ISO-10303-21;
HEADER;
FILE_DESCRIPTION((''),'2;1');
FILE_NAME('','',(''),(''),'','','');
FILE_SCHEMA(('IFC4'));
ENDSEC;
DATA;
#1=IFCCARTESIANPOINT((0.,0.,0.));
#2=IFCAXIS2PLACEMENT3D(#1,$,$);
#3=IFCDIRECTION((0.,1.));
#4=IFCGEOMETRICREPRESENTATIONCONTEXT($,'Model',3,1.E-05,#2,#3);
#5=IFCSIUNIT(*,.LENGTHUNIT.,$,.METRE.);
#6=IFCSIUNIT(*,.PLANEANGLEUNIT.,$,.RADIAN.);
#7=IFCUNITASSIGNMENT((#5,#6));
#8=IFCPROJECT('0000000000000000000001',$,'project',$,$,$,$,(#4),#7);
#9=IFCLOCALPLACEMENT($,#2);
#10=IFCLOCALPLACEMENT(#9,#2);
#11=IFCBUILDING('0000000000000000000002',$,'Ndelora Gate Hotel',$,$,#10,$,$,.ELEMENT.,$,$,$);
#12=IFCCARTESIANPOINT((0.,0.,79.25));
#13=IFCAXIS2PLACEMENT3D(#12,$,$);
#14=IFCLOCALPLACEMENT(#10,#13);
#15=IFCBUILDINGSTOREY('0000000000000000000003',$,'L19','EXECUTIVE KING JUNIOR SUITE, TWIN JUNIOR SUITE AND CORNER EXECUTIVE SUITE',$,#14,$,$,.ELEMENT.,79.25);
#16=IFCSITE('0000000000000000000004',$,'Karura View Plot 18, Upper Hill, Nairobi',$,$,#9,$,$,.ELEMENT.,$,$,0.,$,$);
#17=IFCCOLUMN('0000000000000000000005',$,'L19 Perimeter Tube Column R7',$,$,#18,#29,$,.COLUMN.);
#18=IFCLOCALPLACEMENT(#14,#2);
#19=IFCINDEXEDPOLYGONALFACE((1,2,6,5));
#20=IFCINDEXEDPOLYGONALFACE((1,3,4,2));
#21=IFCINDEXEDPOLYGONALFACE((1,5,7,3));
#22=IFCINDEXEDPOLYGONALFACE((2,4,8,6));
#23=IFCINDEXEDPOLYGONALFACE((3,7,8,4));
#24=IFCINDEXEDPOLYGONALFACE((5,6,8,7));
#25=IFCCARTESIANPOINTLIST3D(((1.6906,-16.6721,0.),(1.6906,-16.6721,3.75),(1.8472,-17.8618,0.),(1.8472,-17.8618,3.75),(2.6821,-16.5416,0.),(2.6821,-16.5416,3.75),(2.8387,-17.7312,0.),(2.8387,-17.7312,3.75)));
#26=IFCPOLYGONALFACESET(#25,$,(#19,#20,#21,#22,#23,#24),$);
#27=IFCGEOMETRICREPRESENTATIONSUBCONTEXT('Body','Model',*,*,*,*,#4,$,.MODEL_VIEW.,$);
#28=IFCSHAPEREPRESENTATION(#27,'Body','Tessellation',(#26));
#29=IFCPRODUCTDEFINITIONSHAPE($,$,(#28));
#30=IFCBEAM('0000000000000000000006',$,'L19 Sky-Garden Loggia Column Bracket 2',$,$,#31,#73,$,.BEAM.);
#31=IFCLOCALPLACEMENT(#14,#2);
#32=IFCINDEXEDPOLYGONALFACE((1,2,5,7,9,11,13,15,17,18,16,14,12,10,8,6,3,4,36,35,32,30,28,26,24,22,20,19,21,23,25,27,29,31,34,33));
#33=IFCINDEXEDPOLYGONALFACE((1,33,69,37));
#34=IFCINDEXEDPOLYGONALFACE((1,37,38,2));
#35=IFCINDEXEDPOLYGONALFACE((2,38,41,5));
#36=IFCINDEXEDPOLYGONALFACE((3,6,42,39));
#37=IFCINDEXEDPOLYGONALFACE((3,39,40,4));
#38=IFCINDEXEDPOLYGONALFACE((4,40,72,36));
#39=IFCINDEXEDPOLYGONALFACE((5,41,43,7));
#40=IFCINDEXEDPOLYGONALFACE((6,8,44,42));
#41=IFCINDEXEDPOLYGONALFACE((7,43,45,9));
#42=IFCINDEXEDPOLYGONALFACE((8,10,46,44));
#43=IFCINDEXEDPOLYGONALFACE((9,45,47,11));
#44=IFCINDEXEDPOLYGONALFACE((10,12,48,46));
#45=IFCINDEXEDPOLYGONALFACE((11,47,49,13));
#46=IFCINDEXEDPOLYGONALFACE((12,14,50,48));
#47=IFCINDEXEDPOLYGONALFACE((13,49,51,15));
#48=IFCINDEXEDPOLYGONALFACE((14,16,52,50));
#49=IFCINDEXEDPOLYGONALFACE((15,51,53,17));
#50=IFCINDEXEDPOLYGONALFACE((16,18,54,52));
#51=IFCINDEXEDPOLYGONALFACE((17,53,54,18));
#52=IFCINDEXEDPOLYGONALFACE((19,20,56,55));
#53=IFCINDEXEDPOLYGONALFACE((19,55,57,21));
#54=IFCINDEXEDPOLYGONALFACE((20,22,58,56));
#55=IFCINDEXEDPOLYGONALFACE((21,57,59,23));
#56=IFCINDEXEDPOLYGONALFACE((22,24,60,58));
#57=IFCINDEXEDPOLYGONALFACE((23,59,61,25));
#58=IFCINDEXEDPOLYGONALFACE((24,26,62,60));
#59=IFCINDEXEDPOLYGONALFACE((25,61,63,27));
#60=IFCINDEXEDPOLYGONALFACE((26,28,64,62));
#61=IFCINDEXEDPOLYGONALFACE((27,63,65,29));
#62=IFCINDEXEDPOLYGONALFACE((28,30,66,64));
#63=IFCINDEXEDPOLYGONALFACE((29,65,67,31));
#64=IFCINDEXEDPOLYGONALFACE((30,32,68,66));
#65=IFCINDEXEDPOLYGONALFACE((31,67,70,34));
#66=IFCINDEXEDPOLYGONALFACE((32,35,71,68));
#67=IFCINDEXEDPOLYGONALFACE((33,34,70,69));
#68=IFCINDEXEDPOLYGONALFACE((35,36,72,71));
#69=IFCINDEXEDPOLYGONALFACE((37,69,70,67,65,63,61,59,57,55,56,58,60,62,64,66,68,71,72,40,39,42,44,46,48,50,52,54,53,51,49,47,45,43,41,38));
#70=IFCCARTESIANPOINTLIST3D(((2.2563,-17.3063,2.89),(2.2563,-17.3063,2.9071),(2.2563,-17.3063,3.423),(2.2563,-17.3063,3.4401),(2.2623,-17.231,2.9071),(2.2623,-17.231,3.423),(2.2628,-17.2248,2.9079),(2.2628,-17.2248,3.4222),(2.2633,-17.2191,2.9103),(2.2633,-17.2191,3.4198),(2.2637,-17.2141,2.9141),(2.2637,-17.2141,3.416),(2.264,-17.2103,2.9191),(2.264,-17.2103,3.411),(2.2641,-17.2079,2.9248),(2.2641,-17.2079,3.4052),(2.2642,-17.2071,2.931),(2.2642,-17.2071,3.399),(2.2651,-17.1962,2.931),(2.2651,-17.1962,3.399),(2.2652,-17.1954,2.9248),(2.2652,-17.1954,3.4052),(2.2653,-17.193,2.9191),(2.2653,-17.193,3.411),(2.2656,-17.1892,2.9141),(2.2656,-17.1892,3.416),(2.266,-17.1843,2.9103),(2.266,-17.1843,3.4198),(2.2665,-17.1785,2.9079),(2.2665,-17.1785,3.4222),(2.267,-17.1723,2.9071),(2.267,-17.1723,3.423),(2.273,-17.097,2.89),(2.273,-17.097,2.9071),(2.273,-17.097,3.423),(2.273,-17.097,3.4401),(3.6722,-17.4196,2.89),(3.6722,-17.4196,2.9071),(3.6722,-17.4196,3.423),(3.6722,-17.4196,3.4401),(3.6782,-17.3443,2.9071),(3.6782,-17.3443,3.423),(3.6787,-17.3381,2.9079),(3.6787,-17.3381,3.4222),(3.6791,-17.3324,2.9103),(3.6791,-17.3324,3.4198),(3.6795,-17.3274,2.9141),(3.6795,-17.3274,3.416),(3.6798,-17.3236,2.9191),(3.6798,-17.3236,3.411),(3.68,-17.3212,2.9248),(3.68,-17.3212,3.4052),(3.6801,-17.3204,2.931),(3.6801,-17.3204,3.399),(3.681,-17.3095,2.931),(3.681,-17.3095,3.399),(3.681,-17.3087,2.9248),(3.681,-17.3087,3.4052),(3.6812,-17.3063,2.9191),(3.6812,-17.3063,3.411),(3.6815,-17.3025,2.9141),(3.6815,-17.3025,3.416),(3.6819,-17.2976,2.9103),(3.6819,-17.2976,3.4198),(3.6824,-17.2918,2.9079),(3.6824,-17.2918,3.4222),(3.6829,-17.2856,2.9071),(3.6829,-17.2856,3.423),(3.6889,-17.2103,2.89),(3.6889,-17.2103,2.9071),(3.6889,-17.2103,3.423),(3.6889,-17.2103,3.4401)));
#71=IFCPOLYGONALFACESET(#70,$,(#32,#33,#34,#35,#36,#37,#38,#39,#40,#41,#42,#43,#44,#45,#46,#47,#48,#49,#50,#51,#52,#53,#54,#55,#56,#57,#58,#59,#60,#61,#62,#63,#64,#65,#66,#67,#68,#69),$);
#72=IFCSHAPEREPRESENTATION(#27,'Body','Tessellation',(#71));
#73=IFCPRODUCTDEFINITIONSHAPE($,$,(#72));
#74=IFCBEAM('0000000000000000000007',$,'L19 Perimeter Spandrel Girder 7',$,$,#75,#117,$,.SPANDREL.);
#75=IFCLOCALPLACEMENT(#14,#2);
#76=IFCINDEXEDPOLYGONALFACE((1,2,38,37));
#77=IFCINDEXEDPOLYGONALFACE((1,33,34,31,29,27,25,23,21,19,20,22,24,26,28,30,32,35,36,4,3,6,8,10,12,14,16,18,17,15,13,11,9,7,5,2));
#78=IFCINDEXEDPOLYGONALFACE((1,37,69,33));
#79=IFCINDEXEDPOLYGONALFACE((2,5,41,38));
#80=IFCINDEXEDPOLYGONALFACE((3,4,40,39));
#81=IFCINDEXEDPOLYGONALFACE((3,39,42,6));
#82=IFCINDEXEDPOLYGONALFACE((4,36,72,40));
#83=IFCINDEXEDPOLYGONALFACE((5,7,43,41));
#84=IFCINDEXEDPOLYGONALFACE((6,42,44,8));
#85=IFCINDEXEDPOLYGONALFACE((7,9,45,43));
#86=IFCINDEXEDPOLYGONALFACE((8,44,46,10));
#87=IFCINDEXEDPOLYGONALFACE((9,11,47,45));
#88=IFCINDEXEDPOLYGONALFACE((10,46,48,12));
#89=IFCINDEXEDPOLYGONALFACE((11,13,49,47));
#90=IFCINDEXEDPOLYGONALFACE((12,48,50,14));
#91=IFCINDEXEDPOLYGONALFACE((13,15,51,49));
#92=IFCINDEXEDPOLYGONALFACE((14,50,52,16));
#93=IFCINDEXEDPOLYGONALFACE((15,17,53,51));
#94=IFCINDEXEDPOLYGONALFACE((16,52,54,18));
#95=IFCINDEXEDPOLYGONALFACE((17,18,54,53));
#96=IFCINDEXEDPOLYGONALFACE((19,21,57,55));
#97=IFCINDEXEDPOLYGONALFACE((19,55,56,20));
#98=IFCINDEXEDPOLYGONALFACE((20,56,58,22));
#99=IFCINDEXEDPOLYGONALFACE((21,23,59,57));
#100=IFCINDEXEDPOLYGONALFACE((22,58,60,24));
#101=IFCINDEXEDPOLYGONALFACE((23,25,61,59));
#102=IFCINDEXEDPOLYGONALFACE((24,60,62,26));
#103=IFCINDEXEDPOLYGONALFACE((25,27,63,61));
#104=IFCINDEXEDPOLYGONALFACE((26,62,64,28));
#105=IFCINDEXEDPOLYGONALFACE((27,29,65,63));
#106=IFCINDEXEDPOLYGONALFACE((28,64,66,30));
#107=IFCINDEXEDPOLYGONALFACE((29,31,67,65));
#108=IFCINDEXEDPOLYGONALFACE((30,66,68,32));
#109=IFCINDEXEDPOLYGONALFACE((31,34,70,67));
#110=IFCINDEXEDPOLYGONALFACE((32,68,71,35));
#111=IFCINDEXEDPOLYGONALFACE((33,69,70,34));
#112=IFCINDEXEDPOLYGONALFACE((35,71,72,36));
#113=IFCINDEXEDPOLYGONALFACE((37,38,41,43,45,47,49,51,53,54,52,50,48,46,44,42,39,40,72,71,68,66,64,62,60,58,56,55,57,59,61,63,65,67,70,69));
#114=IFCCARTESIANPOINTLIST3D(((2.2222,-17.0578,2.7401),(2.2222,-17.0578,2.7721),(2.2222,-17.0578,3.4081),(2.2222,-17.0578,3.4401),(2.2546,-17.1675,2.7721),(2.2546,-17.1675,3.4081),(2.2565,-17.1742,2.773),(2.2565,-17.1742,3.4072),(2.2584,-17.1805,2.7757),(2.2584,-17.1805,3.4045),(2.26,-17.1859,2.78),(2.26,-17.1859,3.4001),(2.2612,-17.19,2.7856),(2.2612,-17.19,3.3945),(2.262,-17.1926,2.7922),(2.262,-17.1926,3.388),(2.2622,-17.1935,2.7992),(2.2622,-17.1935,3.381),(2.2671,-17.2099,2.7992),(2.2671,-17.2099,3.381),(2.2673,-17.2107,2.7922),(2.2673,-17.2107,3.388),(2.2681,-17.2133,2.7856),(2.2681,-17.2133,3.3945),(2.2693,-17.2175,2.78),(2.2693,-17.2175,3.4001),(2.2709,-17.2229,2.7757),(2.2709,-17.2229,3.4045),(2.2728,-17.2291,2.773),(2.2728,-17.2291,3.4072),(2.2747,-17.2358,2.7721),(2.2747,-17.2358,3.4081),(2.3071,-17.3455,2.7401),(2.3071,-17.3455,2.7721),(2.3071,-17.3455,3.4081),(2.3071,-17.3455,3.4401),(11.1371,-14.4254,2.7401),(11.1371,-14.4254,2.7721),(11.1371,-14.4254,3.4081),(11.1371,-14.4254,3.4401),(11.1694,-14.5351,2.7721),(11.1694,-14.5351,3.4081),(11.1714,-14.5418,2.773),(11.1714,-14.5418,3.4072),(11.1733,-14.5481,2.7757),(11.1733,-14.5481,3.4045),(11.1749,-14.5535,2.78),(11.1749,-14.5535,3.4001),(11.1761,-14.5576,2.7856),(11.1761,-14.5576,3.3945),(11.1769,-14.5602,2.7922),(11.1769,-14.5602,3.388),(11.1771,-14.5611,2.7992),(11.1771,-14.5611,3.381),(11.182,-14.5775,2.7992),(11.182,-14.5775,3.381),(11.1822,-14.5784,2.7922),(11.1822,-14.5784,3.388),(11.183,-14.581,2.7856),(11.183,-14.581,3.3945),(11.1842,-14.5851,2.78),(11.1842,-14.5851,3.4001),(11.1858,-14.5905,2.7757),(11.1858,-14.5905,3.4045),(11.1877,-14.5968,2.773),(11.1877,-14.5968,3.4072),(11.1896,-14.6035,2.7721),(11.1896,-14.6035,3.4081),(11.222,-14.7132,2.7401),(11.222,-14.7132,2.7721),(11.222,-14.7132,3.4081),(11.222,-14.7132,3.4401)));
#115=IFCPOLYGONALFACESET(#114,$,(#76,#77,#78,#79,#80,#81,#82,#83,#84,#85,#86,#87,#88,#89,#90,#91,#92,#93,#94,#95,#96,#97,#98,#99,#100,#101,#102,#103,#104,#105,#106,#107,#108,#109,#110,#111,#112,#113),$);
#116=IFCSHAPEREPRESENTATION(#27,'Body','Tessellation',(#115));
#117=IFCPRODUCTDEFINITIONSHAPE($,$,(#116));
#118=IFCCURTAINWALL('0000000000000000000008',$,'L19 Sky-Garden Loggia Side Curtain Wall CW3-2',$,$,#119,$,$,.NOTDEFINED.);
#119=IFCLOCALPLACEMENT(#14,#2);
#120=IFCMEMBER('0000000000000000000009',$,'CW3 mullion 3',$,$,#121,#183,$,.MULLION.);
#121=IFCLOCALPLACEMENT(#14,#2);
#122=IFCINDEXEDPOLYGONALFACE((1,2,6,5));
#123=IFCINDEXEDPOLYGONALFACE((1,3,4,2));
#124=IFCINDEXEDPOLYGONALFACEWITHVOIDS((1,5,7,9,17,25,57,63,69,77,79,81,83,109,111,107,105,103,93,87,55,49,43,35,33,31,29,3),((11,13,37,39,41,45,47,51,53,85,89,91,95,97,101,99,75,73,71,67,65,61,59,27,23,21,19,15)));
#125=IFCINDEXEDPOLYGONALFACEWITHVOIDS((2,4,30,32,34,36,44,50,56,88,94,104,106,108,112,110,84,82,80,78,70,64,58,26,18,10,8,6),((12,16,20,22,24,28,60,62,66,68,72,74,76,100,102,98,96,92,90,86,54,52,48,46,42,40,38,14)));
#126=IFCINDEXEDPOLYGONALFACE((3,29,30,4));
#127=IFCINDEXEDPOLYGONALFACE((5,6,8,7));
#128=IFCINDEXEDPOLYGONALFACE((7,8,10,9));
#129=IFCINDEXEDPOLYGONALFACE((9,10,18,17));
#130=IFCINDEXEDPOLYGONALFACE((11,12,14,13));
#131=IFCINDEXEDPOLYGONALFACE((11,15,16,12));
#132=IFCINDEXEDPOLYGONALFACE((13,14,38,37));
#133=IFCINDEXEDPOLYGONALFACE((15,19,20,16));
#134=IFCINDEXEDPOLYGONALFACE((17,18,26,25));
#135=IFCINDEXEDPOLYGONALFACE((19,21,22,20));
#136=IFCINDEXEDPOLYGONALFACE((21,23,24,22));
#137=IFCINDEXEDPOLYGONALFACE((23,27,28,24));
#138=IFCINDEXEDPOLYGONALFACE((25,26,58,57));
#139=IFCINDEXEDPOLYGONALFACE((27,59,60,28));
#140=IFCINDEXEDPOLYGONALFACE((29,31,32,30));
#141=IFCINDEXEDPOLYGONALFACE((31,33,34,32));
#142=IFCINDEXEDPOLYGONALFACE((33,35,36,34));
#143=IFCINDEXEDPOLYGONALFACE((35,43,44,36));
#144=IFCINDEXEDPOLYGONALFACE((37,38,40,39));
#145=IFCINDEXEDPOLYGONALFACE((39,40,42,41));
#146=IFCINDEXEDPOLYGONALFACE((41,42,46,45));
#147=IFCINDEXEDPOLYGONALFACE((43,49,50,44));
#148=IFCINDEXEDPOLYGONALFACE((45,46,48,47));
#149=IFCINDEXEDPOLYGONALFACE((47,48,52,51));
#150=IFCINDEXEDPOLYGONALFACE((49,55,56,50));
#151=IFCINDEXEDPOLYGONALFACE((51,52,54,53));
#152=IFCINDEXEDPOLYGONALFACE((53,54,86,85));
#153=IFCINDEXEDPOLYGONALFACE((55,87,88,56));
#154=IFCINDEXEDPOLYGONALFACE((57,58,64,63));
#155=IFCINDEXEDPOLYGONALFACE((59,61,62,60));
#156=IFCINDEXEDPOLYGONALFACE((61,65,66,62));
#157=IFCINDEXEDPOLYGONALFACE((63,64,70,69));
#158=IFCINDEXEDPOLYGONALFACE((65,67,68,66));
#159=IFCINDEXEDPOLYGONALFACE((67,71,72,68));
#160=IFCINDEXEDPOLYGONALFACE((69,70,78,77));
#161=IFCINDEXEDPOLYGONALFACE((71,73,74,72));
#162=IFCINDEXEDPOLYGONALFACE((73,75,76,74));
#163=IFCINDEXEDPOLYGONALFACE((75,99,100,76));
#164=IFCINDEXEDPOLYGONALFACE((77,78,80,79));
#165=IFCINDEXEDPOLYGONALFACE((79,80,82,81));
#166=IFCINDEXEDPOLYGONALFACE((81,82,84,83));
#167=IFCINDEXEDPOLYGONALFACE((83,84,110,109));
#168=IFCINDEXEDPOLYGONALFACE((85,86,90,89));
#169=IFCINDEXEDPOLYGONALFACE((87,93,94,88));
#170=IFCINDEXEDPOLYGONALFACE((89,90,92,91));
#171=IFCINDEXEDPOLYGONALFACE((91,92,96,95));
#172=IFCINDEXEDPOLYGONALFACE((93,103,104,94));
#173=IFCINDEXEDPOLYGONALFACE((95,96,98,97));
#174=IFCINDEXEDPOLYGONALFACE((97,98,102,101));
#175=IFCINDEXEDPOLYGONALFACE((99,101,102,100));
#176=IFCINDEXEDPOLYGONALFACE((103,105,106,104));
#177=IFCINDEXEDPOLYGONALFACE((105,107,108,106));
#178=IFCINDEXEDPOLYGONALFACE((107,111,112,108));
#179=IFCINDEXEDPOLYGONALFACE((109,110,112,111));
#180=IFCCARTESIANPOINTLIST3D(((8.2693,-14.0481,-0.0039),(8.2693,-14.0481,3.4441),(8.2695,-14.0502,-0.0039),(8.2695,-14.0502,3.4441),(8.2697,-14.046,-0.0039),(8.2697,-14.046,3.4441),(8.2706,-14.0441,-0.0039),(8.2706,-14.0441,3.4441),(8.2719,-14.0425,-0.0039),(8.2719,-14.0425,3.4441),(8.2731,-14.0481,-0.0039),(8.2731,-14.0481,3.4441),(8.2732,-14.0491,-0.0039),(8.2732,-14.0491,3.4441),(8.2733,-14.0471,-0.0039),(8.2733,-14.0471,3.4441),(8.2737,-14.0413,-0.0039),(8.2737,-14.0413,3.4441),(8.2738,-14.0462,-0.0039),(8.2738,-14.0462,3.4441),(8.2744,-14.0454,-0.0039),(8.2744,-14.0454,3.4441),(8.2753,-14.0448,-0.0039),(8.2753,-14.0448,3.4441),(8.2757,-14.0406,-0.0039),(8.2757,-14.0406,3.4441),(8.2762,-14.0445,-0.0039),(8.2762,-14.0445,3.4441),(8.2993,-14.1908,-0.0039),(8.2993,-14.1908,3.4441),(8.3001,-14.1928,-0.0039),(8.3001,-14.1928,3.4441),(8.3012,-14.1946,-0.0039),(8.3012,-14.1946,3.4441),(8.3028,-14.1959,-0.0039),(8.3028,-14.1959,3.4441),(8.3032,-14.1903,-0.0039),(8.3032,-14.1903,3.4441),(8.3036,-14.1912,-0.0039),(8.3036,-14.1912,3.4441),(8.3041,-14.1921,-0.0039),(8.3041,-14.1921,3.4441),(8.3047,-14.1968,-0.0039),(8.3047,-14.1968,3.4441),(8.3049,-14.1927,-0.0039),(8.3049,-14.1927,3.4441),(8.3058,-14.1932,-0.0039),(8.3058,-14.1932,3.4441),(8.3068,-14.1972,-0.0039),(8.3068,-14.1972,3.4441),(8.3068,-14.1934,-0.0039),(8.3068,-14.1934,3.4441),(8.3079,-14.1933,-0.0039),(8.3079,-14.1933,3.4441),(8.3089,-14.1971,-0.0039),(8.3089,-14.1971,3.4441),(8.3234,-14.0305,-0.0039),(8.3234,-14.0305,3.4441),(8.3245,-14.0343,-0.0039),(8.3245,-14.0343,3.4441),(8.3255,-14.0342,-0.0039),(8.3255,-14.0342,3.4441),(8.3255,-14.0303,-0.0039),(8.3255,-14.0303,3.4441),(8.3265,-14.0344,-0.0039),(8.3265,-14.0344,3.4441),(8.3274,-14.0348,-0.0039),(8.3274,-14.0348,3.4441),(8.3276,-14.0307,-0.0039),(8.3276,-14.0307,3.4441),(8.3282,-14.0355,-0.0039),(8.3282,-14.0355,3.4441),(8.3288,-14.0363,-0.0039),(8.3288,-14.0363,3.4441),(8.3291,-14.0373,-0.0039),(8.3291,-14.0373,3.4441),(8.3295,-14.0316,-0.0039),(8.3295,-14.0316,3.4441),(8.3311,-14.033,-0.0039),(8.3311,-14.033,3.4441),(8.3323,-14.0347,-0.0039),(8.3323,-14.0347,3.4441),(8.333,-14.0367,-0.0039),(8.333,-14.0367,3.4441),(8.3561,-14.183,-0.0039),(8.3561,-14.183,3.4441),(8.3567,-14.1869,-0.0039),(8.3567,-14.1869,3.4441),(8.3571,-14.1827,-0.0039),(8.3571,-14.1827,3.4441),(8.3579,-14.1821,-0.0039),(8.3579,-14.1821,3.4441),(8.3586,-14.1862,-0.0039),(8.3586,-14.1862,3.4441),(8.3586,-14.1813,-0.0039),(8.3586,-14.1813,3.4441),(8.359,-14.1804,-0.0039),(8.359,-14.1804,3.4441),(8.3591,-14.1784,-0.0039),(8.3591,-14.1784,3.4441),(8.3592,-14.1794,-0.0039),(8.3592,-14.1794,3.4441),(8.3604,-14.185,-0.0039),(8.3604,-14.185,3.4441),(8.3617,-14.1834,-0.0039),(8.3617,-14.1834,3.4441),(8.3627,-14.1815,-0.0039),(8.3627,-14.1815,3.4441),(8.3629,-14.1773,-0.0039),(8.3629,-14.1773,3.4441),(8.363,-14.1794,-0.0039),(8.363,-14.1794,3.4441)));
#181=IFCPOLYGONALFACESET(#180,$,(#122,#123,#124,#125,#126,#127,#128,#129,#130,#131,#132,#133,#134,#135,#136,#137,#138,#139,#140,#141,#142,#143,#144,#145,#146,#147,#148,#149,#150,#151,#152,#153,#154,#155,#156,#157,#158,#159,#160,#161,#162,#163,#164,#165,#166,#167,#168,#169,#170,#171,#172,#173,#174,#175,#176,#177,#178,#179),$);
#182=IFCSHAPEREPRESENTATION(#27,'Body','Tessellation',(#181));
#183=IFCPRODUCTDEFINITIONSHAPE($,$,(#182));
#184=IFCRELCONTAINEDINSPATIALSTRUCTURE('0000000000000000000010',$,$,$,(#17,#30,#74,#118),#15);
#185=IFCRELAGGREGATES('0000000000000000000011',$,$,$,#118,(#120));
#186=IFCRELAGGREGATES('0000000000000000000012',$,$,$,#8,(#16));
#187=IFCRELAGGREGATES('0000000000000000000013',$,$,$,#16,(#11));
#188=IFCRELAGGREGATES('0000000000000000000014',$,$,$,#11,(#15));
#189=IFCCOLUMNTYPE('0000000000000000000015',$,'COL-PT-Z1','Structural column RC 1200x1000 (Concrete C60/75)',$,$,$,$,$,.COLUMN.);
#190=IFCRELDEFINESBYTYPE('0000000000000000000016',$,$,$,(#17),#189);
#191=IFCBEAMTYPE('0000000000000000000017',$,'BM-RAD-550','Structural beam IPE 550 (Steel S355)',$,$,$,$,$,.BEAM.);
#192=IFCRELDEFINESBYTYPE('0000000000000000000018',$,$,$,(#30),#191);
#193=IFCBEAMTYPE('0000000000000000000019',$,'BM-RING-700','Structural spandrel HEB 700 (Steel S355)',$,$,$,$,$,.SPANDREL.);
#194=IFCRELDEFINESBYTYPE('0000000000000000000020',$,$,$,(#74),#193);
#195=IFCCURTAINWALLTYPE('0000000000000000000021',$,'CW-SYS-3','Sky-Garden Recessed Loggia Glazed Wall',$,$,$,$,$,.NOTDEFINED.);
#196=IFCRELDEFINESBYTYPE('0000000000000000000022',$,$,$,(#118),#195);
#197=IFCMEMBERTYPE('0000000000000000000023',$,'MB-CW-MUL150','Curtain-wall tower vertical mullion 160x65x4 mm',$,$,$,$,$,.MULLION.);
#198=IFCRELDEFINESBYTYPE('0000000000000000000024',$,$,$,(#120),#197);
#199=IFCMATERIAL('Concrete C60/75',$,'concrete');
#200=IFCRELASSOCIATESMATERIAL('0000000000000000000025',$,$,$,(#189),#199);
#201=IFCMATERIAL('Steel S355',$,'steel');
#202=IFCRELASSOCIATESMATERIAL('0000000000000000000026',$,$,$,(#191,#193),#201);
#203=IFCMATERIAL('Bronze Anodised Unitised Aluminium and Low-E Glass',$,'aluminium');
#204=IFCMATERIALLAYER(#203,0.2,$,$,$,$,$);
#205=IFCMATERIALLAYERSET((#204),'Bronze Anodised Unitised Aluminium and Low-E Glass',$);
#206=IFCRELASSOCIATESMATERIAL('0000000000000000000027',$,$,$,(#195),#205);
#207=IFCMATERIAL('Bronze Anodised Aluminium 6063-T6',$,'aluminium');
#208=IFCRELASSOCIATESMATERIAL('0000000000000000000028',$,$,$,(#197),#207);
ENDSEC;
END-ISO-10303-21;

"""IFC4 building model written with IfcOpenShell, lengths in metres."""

from ifc_helpers import new_model, si_unit, direction, frame, origin, origin_2d, place, context, subcontext, project, spatial, rectangle, hollow_rectangle, i_section, extrude, material, layer, layer_set, material_profile, profile_set, type_object, element, aggregate, save


model = new_model("IFC4")

# Units and contexts
model_context = context("Model", 3, precision=1e-05, world=origin(), true_north=direction((0.0, 1.0)))
body_context = subcontext(model_context, "Body", "Model", "MODEL_VIEW")
ifc_project = project(units=[si_unit("LENGTHUNIT", "METRE"), si_unit("PLANEANGLEUNIT", "RADIAN")], contexts=[model_context])

# Site, building, storey
site_placement = place(None, origin())
site = spatial("IfcSite", under=ifc_project, at=site_placement, Name="Karura View Plot 18, Upper Hill, Nairobi", CompositionType="ELEMENT", RefElevation=0.0)
building_placement = place(site_placement, origin())
building = spatial("IfcBuilding", under=site, at=building_placement, Name="Ndelora Gate Hotel", CompositionType="ELEMENT")
storey_placement = place(building_placement, frame((0.0, 0.0, 79.25)))
storey = spatial("IfcBuildingStorey", under=building, at=storey_placement, Name="L19", Description="EXECUTIVE KING JUNIOR SUITE, TWIN JUNIOR SUITE AND CORNER EXECUTIVE SUITE", CompositionType="ELEMENT", Elevation=79.25)

# Column
ifc_material_1 = material(Name="Concrete C60/75", Category="concrete")
ifc_material_profile_1 = material_profile(ifc_material_1, rectangle(XDim=1.0, YDim=1.2, at=origin_2d()), Name="RC 1200x1000")
ifc_profile_set_1 = profile_set([ifc_material_profile_1], Name="Concrete C60/75")
column_type = type_object("IfcColumnType", Name="COL-PT-Z1", Description="Structural column RC 1200x1000 (Concrete C60/75)", PredefinedType="COLUMN", material=ifc_profile_set_1)
column_placement = place(storey_placement, frame((2.2646, -17.2017, 0.0), z_axis=(0.0, 0.0, 1.0), x_axis=(0.991445, 0.130526, 0.0)))
element("IfcColumn", 1, at=column_placement, inside=storey, type_object=column_type, Name="L19 Perimeter Tube Column R7", PredefinedType="COLUMN", context=body_context, shape_type="SweptSolid", body=[
    extrude(rectangle(XDim=1.0, YDim=1.2, at=origin_2d()), origin(), (0.0, 0.0, 1.0), 3.75),
])

# Beams
ifc_material_2 = material(Name="Steel S355", Category="steel")
ifc_material_profile_2 = material_profile(ifc_material_2, i_section(OverallWidth=0.21, OverallDepth=0.55, WebThickness=0.011, FlangeThickness=0.0171, FilletRadius=0.0239, at=origin_2d()), Name="IPE 550")
ifc_profile_set_2 = profile_set([ifc_material_profile_2], Name="Steel S355")
beam_type_1 = type_object("IfcBeamType", Name="BM-RAD-550", Description="Structural beam IPE 550 (Steel S355)", PredefinedType="BEAM", material=ifc_profile_set_2)
beam_1_placement = place(storey_placement, frame((2.2646, -17.2017, 3.165), z_axis=(0.996814, -0.079759, 0.0), x_axis=(0.079759, 0.996814, 0.0)))
element("IfcBeam", 2, at=beam_1_placement, inside=storey, type_object=beam_type_1, Name="L19 Sky-Garden Loggia Column Bracket 2", PredefinedType="BEAM", context=body_context, shape_type="SweptSolid", body=[
    extrude(i_section(OverallWidth=0.21, OverallDepth=0.55, WebThickness=0.011, FlangeThickness=0.0171, FilletRadius=0.0239, at=origin_2d()), origin(), (0.0, 0.0, 1.0), 1.4204),
])
ifc_material_profile_3 = material_profile(ifc_material_2, i_section(OverallWidth=0.3, OverallDepth=0.7, WebThickness=0.0171, FlangeThickness=0.032, FilletRadius=0.0271, at=origin_2d()), Name="HEB 700")
ifc_profile_set_3 = profile_set([ifc_material_profile_3], Name="Steel S355")
beam_type_2 = type_object("IfcBeamType", Name="BM-RING-700", Description="Structural spandrel HEB 700 (Steel S355)", PredefinedType="SPANDREL", material=ifc_profile_set_3)
beam_2_placement = place(storey_placement, frame((2.2646, -17.2017, 3.0901), z_axis=(0.959064, 0.283189, 0.0), x_axis=(-0.283189, 0.959064, 0.0)))
element("IfcBeam", 3, at=beam_2_placement, inside=storey, type_object=beam_type_2, Name="L19 Perimeter Spandrel Girder 7", PredefinedType="SPANDREL", context=body_context, shape_type="SweptSolid", body=[
    extrude(i_section(OverallWidth=0.3, OverallDepth=0.7, WebThickness=0.0171, FlangeThickness=0.032, FilletRadius=0.0271, at=origin_2d()), origin(), (0.0, 0.0, 1.0), 9.2954),
])

# Curtain wall, member
ifc_material_3 = material(Name="Bronze Anodised Unitised Aluminium and Low-E Glass", Category="aluminium")
ifc_layer_1 = layer(ifc_material_3, 0.2)
ifc_layer_set_1 = layer_set([ifc_layer_1], Name="Bronze Anodised Unitised Aluminium and Low-E Glass")
curtain_wall_type = type_object("IfcCurtainWallType", Name="CW-SYS-3", Description="Sky-Garden Recessed Loggia Glazed Wall", PredefinedType="NOTDEFINED", material=ifc_layer_set_1)
curtain_wall_placement = place(storey_placement, origin())
curtain_wall = element("IfcCurtainWall", 4, at=curtain_wall_placement, inside=storey, type_object=curtain_wall_type, Name="L19 Sky-Garden Loggia Side Curtain Wall CW3-2", PredefinedType="NOTDEFINED")
ifc_material_4 = material(Name="Bronze Anodised Aluminium 6063-T6", Category="aluminium")
ifc_material_profile_4 = material_profile(ifc_material_4, hollow_rectangle(XDim=0.0649, YDim=0.1599, WallThickness=0.0039, InnerFilletRadius=0.0039, OuterFilletRadius=0.0081, at=origin_2d()), Name="ALU 160x65x4")
ifc_profile_set_4 = profile_set([ifc_material_profile_4], Name="Bronze Anodised Aluminium 6063-T6")
member_type_1 = type_object("IfcMemberType", Name="MB-CW-MUL150", Description="Curtain-wall tower vertical mullion 160x65x4 mm", PredefinedType="MULLION", material=ifc_profile_set_4)
member_1_placement = place(storey_placement, frame((8.3162, -14.1138, -0.0039), z_axis=(0.0, 0.0, 1.0), x_axis=(-0.978148, -0.207911, 0.0)))
member_1 = element("IfcMember", 5, at=member_1_placement, type_object=member_type_1, Name="CW3 mullion 3", PredefinedType="MULLION", context=body_context, shape_type="SweptSolid", body=[
    extrude(hollow_rectangle(XDim=0.0649, YDim=0.1599, WallThickness=0.0039, InnerFilletRadius=0.0039, OuterFilletRadius=0.0081, at=origin_2d()), origin(), (0.0, 0.0, 1.0), 3.448),
])
aggregate(curtain_wall, [member_1])

save(model, "model.ifc")
